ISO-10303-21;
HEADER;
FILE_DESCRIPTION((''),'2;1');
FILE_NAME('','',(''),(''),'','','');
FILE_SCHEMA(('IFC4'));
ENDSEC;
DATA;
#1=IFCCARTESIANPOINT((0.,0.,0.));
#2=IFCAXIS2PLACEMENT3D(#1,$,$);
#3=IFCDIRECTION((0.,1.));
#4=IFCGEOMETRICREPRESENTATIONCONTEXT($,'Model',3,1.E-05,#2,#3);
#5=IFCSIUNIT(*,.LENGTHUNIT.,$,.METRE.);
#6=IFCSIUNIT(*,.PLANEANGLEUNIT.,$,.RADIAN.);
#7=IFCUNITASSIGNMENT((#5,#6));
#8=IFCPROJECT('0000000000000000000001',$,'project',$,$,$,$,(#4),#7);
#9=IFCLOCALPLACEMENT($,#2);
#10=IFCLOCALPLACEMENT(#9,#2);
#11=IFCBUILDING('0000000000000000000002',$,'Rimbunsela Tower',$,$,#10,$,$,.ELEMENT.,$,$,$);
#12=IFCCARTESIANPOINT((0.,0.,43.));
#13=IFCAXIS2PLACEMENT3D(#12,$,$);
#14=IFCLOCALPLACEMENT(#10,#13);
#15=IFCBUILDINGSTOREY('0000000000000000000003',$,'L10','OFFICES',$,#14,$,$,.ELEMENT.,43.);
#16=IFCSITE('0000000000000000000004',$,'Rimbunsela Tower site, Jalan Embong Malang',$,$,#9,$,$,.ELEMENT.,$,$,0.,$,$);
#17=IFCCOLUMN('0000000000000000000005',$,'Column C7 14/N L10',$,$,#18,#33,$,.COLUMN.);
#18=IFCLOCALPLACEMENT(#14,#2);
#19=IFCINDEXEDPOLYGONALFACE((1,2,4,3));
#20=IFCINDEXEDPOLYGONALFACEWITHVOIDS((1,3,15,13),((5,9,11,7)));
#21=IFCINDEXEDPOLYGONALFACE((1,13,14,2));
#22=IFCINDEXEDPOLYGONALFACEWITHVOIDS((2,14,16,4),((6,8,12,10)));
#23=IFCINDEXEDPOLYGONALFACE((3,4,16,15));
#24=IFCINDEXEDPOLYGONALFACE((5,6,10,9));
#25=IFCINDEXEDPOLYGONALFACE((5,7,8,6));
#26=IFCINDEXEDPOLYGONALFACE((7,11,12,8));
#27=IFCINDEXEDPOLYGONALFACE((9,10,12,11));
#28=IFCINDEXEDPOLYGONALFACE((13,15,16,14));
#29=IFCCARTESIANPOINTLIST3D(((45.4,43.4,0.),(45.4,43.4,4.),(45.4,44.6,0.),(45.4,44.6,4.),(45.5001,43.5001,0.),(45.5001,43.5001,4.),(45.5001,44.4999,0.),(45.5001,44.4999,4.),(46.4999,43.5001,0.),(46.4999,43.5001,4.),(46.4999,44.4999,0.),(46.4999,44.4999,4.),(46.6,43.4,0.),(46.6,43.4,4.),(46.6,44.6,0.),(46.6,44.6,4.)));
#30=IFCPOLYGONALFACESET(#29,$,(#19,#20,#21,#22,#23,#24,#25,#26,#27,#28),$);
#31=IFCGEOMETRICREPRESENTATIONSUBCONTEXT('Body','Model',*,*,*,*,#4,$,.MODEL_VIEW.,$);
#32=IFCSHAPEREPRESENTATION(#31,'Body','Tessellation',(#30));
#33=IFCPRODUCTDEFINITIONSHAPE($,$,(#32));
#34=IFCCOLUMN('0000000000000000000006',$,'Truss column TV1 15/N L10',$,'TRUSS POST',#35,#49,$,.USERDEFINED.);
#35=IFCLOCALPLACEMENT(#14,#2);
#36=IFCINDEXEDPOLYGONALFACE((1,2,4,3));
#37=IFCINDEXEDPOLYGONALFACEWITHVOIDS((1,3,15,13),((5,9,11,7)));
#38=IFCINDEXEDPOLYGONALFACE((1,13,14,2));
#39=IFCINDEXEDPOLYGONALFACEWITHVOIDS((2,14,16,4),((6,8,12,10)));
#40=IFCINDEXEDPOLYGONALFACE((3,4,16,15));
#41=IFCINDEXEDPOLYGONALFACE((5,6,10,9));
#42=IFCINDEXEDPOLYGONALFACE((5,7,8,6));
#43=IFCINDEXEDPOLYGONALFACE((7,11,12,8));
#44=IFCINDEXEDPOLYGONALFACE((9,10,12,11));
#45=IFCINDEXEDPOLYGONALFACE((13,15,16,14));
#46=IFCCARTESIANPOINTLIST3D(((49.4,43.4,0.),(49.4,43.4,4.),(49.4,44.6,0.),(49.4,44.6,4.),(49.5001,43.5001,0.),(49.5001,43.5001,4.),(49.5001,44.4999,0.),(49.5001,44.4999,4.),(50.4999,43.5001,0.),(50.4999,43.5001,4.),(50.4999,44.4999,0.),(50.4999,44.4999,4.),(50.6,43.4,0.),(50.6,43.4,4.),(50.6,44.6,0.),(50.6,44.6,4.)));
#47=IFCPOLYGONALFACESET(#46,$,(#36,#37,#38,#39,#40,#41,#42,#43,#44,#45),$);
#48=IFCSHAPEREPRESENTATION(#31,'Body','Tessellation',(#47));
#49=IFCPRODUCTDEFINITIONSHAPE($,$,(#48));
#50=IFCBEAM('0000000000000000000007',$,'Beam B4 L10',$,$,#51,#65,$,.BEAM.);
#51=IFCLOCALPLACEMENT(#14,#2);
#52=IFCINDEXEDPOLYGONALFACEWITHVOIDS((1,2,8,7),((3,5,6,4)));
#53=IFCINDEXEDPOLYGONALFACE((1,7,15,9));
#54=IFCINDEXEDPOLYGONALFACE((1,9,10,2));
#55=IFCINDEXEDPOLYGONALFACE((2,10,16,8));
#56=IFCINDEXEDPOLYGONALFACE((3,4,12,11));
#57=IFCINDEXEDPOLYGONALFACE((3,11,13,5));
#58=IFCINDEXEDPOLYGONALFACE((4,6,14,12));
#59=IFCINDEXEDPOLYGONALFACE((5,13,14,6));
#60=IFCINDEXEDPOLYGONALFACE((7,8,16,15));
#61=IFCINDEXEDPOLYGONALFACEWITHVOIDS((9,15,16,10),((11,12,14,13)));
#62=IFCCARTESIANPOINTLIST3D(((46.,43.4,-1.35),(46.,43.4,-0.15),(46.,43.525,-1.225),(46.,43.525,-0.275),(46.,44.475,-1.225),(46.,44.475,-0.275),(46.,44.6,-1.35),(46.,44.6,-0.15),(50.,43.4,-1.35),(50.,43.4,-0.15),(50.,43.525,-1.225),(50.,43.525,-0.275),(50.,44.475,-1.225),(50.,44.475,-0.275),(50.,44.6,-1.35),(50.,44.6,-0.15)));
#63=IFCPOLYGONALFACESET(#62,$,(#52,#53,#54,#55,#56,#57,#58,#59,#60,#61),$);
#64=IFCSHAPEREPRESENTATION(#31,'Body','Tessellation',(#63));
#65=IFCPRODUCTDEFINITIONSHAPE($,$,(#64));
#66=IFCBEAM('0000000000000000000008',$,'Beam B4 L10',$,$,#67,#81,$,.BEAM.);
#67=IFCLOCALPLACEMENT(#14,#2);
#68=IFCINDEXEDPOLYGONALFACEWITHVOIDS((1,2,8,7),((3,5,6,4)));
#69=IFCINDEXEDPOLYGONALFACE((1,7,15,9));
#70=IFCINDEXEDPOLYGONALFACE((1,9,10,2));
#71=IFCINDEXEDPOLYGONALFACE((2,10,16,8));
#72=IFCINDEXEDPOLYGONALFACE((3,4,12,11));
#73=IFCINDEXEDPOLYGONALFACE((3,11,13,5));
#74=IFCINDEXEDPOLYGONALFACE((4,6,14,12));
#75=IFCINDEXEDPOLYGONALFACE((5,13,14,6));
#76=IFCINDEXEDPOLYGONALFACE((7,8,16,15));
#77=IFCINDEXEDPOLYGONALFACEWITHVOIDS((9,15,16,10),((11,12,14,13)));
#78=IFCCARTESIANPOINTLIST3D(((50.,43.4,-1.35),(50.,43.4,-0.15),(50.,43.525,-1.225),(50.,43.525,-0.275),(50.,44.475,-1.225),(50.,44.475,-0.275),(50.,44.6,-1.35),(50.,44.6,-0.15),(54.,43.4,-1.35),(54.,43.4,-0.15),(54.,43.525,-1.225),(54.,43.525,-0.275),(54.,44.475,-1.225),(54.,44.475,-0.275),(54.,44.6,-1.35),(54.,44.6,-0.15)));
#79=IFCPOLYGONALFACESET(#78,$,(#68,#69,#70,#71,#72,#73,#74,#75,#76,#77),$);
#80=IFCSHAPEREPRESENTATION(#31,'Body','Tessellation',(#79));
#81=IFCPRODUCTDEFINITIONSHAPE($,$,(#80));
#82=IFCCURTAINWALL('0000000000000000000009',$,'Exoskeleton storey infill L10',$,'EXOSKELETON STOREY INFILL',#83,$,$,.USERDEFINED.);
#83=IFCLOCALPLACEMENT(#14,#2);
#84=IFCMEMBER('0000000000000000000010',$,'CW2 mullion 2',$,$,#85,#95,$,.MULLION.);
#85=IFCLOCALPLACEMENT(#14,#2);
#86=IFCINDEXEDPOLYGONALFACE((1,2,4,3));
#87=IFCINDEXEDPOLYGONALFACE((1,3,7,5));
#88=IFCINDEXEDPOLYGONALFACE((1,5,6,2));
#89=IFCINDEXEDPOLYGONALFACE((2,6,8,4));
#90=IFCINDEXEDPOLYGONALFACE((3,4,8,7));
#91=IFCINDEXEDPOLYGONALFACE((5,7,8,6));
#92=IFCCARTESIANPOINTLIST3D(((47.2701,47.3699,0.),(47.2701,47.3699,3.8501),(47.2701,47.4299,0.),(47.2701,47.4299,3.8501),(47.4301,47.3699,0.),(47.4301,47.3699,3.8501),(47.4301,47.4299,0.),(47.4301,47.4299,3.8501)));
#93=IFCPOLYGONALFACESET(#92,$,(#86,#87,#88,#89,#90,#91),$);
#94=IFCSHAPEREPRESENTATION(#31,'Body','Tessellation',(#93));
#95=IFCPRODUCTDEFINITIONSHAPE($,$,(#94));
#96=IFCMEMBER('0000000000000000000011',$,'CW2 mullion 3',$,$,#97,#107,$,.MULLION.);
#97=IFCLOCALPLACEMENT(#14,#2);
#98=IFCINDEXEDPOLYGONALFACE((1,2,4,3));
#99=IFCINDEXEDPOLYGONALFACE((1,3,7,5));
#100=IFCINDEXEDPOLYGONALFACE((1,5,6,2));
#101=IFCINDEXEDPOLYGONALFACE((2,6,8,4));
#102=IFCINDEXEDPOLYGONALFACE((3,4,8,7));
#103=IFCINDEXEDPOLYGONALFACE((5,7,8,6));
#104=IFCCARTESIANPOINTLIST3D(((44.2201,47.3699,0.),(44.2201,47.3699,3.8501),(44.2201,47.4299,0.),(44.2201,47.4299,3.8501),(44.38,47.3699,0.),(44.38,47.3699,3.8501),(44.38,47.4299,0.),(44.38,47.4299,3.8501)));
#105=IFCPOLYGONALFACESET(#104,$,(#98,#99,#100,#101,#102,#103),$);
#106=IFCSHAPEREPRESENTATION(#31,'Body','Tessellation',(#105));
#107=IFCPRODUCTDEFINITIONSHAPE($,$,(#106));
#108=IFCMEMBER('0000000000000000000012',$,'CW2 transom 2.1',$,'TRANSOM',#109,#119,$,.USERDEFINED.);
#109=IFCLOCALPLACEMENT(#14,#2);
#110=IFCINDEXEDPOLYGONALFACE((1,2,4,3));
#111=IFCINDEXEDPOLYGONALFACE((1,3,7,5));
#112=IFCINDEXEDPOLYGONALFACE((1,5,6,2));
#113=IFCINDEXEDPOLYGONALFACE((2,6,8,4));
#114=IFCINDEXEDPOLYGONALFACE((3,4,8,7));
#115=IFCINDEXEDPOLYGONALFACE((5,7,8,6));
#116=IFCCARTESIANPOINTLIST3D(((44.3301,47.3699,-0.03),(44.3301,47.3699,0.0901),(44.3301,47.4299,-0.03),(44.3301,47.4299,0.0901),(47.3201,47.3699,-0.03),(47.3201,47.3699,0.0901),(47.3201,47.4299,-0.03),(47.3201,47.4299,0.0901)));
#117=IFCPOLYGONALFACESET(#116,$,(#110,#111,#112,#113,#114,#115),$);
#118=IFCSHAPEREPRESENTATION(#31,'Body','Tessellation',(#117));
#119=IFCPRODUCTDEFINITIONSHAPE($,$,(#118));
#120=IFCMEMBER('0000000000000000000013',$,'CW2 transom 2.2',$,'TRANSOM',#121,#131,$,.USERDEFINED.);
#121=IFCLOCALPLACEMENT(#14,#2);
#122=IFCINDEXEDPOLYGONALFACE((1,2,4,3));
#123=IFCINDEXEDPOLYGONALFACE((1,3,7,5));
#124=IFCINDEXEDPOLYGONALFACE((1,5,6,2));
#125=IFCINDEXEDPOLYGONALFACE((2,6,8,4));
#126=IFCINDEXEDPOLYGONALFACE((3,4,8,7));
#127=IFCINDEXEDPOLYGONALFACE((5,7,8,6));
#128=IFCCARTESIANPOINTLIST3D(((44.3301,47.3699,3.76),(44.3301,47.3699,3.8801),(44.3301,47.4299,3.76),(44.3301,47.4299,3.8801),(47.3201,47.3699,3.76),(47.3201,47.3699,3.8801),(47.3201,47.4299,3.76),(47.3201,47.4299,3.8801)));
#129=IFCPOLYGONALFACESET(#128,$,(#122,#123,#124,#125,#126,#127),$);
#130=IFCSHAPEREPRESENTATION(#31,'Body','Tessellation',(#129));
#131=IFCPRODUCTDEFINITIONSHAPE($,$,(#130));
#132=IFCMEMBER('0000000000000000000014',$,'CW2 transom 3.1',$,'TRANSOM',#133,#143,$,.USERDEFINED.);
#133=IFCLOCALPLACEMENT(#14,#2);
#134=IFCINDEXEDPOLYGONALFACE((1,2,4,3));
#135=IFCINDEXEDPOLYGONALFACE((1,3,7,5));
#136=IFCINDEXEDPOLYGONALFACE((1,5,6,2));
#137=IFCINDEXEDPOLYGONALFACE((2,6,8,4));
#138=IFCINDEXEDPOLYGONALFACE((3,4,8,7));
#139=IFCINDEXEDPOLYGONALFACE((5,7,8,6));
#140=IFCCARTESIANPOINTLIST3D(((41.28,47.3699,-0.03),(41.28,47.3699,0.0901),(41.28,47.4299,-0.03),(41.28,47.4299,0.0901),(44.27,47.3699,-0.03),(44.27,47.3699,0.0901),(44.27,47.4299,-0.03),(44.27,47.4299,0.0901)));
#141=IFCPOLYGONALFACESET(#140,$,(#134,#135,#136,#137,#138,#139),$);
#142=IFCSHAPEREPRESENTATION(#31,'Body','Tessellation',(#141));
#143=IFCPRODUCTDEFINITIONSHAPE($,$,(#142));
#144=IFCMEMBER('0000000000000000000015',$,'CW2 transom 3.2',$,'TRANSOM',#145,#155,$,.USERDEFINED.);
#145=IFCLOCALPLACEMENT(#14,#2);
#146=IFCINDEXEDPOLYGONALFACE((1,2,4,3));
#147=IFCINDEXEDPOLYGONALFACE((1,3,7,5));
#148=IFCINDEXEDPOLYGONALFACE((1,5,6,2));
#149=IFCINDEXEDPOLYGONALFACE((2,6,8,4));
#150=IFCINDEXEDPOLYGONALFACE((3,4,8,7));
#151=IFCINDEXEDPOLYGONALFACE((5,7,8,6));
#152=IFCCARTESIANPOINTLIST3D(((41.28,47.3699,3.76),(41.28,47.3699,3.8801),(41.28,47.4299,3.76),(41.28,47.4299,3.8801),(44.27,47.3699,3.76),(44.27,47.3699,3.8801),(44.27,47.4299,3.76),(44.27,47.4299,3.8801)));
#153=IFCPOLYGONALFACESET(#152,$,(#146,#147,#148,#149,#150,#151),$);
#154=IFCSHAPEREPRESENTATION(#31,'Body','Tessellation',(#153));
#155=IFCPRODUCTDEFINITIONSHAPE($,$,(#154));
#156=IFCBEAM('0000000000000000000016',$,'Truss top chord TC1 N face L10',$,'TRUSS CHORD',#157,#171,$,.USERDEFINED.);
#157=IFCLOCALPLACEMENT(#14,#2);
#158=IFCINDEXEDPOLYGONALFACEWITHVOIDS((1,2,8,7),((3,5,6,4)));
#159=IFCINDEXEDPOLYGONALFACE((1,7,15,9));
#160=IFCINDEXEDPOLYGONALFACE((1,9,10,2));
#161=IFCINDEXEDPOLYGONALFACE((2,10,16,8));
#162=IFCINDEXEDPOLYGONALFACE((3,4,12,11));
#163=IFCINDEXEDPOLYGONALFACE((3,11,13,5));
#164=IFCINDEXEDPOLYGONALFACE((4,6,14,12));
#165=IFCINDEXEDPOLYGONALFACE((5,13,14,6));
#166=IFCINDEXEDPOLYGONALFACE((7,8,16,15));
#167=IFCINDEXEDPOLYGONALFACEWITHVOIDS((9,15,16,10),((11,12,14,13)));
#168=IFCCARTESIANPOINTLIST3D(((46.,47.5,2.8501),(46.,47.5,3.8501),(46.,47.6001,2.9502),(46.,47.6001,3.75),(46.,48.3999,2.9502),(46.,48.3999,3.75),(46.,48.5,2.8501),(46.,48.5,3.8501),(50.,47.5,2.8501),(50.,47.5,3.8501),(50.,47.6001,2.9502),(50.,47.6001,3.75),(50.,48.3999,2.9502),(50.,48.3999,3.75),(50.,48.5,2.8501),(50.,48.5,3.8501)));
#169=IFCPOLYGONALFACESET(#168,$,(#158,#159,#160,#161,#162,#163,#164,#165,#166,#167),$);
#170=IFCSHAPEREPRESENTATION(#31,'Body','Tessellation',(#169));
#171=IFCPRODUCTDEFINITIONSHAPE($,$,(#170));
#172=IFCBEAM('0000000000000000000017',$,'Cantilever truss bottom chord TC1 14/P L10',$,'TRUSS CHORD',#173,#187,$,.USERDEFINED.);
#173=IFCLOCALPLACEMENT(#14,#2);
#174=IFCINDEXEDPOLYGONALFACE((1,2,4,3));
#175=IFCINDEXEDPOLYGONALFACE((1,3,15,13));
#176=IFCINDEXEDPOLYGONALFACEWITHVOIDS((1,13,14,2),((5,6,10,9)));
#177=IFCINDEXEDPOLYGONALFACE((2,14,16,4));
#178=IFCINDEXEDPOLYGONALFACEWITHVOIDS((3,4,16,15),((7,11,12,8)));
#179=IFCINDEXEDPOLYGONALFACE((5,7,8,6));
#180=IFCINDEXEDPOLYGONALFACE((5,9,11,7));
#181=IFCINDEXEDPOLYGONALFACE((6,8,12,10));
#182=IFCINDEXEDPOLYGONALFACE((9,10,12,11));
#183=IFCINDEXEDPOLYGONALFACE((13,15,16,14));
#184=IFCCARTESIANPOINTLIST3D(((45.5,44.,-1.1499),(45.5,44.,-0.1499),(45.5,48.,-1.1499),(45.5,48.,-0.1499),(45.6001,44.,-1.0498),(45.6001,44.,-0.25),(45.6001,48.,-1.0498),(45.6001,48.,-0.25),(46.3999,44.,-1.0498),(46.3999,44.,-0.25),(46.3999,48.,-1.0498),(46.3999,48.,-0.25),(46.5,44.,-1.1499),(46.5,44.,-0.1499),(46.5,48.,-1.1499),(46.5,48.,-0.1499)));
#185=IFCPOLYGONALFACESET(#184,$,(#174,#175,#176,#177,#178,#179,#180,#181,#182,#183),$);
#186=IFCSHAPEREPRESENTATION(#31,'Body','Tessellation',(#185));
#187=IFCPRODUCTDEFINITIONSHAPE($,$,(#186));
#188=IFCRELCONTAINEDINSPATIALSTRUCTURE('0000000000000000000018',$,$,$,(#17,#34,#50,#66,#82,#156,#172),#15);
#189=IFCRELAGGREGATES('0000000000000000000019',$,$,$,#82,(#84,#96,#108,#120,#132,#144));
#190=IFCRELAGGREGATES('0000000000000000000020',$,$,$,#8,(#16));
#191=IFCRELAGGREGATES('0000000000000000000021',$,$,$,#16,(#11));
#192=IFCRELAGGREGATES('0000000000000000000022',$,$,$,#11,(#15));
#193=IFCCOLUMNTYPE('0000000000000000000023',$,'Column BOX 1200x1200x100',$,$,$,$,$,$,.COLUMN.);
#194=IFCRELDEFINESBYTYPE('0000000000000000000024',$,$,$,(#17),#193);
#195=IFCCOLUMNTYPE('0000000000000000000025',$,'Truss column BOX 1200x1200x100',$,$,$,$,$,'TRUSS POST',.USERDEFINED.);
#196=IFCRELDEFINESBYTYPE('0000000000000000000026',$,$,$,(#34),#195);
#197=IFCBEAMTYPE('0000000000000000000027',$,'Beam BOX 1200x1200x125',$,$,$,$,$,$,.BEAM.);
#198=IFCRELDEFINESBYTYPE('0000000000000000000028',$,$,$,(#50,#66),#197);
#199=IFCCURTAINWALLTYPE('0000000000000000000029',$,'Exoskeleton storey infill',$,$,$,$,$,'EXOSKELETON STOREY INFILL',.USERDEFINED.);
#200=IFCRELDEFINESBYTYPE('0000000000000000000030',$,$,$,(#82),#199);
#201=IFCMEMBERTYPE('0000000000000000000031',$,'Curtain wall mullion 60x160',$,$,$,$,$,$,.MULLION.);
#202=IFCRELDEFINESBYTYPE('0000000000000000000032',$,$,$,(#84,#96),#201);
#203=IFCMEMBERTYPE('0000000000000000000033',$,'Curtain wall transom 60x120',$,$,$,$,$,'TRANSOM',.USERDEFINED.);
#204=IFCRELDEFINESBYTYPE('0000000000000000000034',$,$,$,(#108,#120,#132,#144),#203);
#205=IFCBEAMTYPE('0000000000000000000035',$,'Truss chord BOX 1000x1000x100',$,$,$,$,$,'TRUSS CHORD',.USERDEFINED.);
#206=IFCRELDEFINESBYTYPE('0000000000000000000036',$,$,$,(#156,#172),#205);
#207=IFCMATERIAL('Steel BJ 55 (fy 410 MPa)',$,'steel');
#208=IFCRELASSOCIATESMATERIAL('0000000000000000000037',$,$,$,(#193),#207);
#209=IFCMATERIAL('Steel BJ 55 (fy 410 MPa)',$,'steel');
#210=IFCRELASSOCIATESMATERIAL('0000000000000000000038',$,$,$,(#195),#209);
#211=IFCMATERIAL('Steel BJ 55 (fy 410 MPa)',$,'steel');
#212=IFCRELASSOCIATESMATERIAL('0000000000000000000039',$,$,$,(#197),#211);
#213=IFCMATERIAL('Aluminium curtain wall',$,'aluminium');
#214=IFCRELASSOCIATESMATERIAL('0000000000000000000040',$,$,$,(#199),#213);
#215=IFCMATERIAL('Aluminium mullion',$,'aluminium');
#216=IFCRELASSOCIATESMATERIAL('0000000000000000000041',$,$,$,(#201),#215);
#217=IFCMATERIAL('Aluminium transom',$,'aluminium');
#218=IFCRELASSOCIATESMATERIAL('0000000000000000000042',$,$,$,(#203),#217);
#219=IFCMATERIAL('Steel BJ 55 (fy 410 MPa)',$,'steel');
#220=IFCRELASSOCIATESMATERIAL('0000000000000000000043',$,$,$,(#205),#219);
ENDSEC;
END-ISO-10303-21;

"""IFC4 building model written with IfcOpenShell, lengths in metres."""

from ifc_helpers import new_model, si_unit, direction, frame, origin, origin_2d, place, context, subcontext, project, spatial, rectangle, hollow_rectangle, extrude, material, material_profile, profile_set, type_object, element, aggregate, save


model = new_model("IFC4")

# Units and contexts
model_context = context("Model", 3, precision=1e-05, world=origin(), true_north=direction((0.0, 1.0)))
body_context = subcontext(model_context, "Body", "Model", "MODEL_VIEW")
ifc_project = project(units=[si_unit("LENGTHUNIT", "METRE"), si_unit("PLANEANGLEUNIT", "RADIAN")], contexts=[model_context])

# Site, building, storey
site_placement = place(None, origin())
site = spatial("IfcSite", under=ifc_project, at=site_placement, Name="Rimbunsela Tower site, Jalan Embong Malang", CompositionType="ELEMENT", RefElevation=0.0)
building_placement = place(site_placement, origin())
building = spatial("IfcBuilding", under=site, at=building_placement, Name="Rimbunsela Tower", CompositionType="ELEMENT")
storey_placement = place(building_placement, frame((0.0, 0.0, 43.0)))
storey = spatial("IfcBuildingStorey", under=building, at=storey_placement, Name="L10", Description="OFFICES", CompositionType="ELEMENT", Elevation=43.0)

# Columns
ifc_material_1 = material(Name="Steel BJ 55 (fy 410 MPa)", Category="steel")
ifc_material_profile_1 = material_profile(ifc_material_1, hollow_rectangle(XDim=1.2, YDim=1.2, WallThickness=0.1001, at=origin_2d()), Name="BOX 1200x1200x100")
ifc_profile_set_1 = profile_set([ifc_material_profile_1], Name="Steel BJ 55 (fy 410 MPa)")
column_type_1 = type_object("IfcColumnType", Name="Column BOX 1200x1200x100", PredefinedType="COLUMN", material=ifc_profile_set_1)
column_1_placement = place(storey_placement, frame((46.0, 44.0, 0.0), z_axis=(0.0, 0.0, 1.0), x_axis=(1.0, 0.0, 0.0)))
element("IfcColumn", 1, at=column_1_placement, inside=storey, type_object=column_type_1, Name="Column C7 14/N L10", PredefinedType="COLUMN", context=body_context, shape_type="SweptSolid", body=[
    extrude(hollow_rectangle(XDim=1.2, YDim=1.2, WallThickness=0.1001, at=origin_2d()), origin(), (0.0, 0.0, 1.0), 4.0),
])
ifc_material_2 = material(Name="Steel BJ 55 (fy 410 MPa)", Category="steel")
ifc_material_profile_2 = material_profile(ifc_material_2, hollow_rectangle(XDim=1.2, YDim=1.2, WallThickness=0.1001, at=origin_2d()), Name="BOX 1200x1200x100")
ifc_profile_set_2 = profile_set([ifc_material_profile_2], Name="Steel BJ 55 (fy 410 MPa)")
column_type_2 = type_object("IfcColumnType", Name="Truss column BOX 1200x1200x100", ElementType="TRUSS POST", PredefinedType="USERDEFINED", material=ifc_profile_set_2)
column_2_placement = place(storey_placement, frame((50.0, 44.0, 0.0), z_axis=(0.0, 0.0, 1.0), x_axis=(1.0, 0.0, 0.0)))
element("IfcColumn", 2, at=column_2_placement, inside=storey, type_object=column_type_2, Name="Truss column TV1 15/N L10", ObjectType="TRUSS POST", PredefinedType="USERDEFINED", context=body_context, shape_type="SweptSolid", body=[
    extrude(hollow_rectangle(XDim=1.2, YDim=1.2, WallThickness=0.1001, at=origin_2d()), origin(), (0.0, 0.0, 1.0), 4.0),
])

# Beams
ifc_material_3 = material(Name="Steel BJ 55 (fy 410 MPa)", Category="steel")
ifc_material_profile_3 = material_profile(ifc_material_3, hollow_rectangle(XDim=1.2, YDim=1.2, WallThickness=0.125, at=origin_2d()), Name="BOX 1200x1200x125")
ifc_profile_set_3 = profile_set([ifc_material_profile_3], Name="Steel BJ 55 (fy 410 MPa)")
beam_type_1 = type_object("IfcBeamType", Name="Beam BOX 1200x1200x125", PredefinedType="BEAM", material=ifc_profile_set_3)
for number, where, z_axis, x_axis, name in (
    (3, (46.0, 44.0, -0.75), (1.0, 0.0, 0.0), (0.0, 1.0, 0.0), "Beam B4 L10"),
    (4, (50.0, 44.0, -0.75), (1.0, 0.0, 0.0), (0.0, 1.0, 0.0), "Beam B4 L10"),
):
    element("IfcBeam", number, at=place(storey_placement, frame(where, z_axis=z_axis, x_axis=x_axis)), inside=storey, type_object=beam_type_1, Name=name, PredefinedType="BEAM", context=body_context, shape_type="SweptSolid", body=[
        extrude(hollow_rectangle(XDim=1.2, YDim=1.2, WallThickness=0.125, at=origin_2d()), origin(), (0.0, 0.0, 1.0), 4.0),
    ])

# Curtain wall, members
ifc_material_4 = material(Name="Aluminium curtain wall", Category="aluminium")
curtain_wall_type = type_object("IfcCurtainWallType", Name="Exoskeleton storey infill", ElementType="EXOSKELETON STOREY INFILL", PredefinedType="USERDEFINED", material=ifc_material_4)
curtain_wall_placement = place(storey_placement, origin())
curtain_wall = element("IfcCurtainWall", 5, at=curtain_wall_placement, inside=storey, type_object=curtain_wall_type, Name="Exoskeleton storey infill L10", ObjectType="EXOSKELETON STOREY INFILL", PredefinedType="USERDEFINED")
ifc_material_5 = material(Name="Aluminium mullion", Category="aluminium")
ifc_material_profile_4 = material_profile(ifc_material_5, rectangle(XDim=0.0601, YDim=0.1599, at=origin_2d()), Name="Mullion 60x160")
ifc_profile_set_4 = profile_set([ifc_material_profile_4], Name="Aluminium mullion")
member_type_1 = type_object("IfcMemberType", Name="Curtain wall mullion 60x160", PredefinedType="MULLION", material=ifc_profile_set_4)
member_1_placement = place(storey_placement, frame((47.3501, 47.3999, 0.0), z_axis=(0.0, 0.0, 1.0), x_axis=(0.0, -1.0, 0.0)))
member_1 = element("IfcMember", 6, at=member_1_placement, type_object=member_type_1, Name="CW2 mullion 2", PredefinedType="MULLION", context=body_context, shape_type="SweptSolid", body=[
    extrude(rectangle(XDim=0.0601, YDim=0.1599, at=origin_2d()), origin(), (0.0, 0.0, 1.0), 3.8501),
])
member_2_placement = place(storey_placement, frame((44.3, 47.3999, 0.0), z_axis=(0.0, 0.0, 1.0), x_axis=(0.0, -1.0, 0.0)))
member_2 = element("IfcMember", 7, at=member_2_placement, type_object=member_type_1, Name="CW2 mullion 3", PredefinedType="MULLION", context=body_context, shape_type="SweptSolid", body=[
    extrude(rectangle(XDim=0.0601, YDim=0.1599, at=origin_2d()), origin(), (0.0, 0.0, 1.0), 3.8501),
])
ifc_material_6 = material(Name="Aluminium transom", Category="aluminium")
ifc_material_profile_5 = material_profile(ifc_material_6, rectangle(XDim=0.0601, YDim=0.1201, at=origin_2d()), Name="Transom 60x120")
ifc_profile_set_5 = profile_set([ifc_material_profile_5], Name="Aluminium transom")
member_type_2 = type_object("IfcMemberType", Name="Curtain wall transom 60x120", ElementType="TRANSOM", PredefinedType="USERDEFINED", material=ifc_profile_set_5)
member_3_placement = place(storey_placement, frame((47.3201, 47.3999, 0.03), z_axis=(-1.0, 0.0, 0.0), x_axis=(0.0, -1.0, 0.0)))
member_3 = element("IfcMember", 8, at=member_3_placement, type_object=member_type_2, Name="CW2 transom 2.1", ObjectType="TRANSOM", PredefinedType="USERDEFINED", context=body_context, shape_type="SweptSolid", body=[
    extrude(rectangle(XDim=0.0601, YDim=0.1201, at=origin_2d()), origin(), (0.0, 0.0, 1.0), 2.99),
])
member_4_placement = place(storey_placement, frame((47.3201, 47.3999, 3.8201), z_axis=(-1.0, 0.0, 0.0), x_axis=(0.0, -1.0, 0.0)))
member_4 = element("IfcMember", 9, at=member_4_placement, type_object=member_type_2, Name="CW2 transom 2.2", ObjectType="TRANSOM", PredefinedType="USERDEFINED", context=body_context, shape_type="SweptSolid", body=[
    extrude(rectangle(XDim=0.0601, YDim=0.1201, at=origin_2d()), origin(), (0.0, 0.0, 1.0), 2.99),
])
member_5_placement = place(storey_placement, frame((44.27, 47.3999, 0.03), z_axis=(-1.0, 0.0, 0.0), x_axis=(0.0, -1.0, 0.0)))
member_5 = element("IfcMember", 10, at=member_5_placement, type_object=member_type_2, Name="CW2 transom 3.1", ObjectType="TRANSOM", PredefinedType="USERDEFINED", context=body_context, shape_type="SweptSolid", body=[
    extrude(rectangle(XDim=0.0601, YDim=0.1201, at=origin_2d()), origin(), (0.0, 0.0, 1.0), 2.99),
])
member_6_placement = place(storey_placement, frame((44.27, 47.3999, 3.8201), z_axis=(-1.0, 0.0, 0.0), x_axis=(0.0, -1.0, 0.0)))
member_6 = element("IfcMember", 11, at=member_6_placement, type_object=member_type_2, Name="CW2 transom 3.2", ObjectType="TRANSOM", PredefinedType="USERDEFINED", context=body_context, shape_type="SweptSolid", body=[
    extrude(rectangle(XDim=0.0601, YDim=0.1201, at=origin_2d()), origin(), (0.0, 0.0, 1.0), 2.99),
])

# Beams
ifc_material_7 = material(Name="Steel BJ 55 (fy 410 MPa)", Category="steel")
ifc_material_profile_6 = material_profile(ifc_material_7, hollow_rectangle(XDim=1.0, YDim=1.0, WallThickness=0.1001, at=origin_2d()), Name="BOX 1000x1000x100")
ifc_profile_set_6 = profile_set([ifc_material_profile_6], Name="Steel BJ 55 (fy 410 MPa)")
beam_type_2 = type_object("IfcBeamType", Name="Truss chord BOX 1000x1000x100", ElementType="TRUSS CHORD", PredefinedType="USERDEFINED", material=ifc_profile_set_6)
for number, where, z_axis, x_axis, name in (
    (12, (46.0, 48.0, 3.3501), (1.0, 0.0, 0.0), (0.0, 1.0, 0.0), "Truss top chord TC1 N face L10"),
    (13, (46.0, 44.0, -0.6499), (0.0, 1.0, 0.0), (-1.0, 0.0, 0.0), "Cantilever truss bottom chord TC1 14/P L10"),
):
    element("IfcBeam", number, at=place(storey_placement, frame(where, z_axis=z_axis, x_axis=x_axis)), inside=storey, type_object=beam_type_2, Name=name, ObjectType="TRUSS CHORD", PredefinedType="USERDEFINED", context=body_context, shape_type="SweptSolid", body=[
        extrude(hollow_rectangle(XDim=1.0, YDim=1.0, WallThickness=0.1001, at=origin_2d()), origin(), (0.0, 0.0, 1.0), 4.0),
    ])

aggregate(curtain_wall, [member_1, member_2, member_3, member_4, member_5, member_6])

save(model, "model.ifc")
